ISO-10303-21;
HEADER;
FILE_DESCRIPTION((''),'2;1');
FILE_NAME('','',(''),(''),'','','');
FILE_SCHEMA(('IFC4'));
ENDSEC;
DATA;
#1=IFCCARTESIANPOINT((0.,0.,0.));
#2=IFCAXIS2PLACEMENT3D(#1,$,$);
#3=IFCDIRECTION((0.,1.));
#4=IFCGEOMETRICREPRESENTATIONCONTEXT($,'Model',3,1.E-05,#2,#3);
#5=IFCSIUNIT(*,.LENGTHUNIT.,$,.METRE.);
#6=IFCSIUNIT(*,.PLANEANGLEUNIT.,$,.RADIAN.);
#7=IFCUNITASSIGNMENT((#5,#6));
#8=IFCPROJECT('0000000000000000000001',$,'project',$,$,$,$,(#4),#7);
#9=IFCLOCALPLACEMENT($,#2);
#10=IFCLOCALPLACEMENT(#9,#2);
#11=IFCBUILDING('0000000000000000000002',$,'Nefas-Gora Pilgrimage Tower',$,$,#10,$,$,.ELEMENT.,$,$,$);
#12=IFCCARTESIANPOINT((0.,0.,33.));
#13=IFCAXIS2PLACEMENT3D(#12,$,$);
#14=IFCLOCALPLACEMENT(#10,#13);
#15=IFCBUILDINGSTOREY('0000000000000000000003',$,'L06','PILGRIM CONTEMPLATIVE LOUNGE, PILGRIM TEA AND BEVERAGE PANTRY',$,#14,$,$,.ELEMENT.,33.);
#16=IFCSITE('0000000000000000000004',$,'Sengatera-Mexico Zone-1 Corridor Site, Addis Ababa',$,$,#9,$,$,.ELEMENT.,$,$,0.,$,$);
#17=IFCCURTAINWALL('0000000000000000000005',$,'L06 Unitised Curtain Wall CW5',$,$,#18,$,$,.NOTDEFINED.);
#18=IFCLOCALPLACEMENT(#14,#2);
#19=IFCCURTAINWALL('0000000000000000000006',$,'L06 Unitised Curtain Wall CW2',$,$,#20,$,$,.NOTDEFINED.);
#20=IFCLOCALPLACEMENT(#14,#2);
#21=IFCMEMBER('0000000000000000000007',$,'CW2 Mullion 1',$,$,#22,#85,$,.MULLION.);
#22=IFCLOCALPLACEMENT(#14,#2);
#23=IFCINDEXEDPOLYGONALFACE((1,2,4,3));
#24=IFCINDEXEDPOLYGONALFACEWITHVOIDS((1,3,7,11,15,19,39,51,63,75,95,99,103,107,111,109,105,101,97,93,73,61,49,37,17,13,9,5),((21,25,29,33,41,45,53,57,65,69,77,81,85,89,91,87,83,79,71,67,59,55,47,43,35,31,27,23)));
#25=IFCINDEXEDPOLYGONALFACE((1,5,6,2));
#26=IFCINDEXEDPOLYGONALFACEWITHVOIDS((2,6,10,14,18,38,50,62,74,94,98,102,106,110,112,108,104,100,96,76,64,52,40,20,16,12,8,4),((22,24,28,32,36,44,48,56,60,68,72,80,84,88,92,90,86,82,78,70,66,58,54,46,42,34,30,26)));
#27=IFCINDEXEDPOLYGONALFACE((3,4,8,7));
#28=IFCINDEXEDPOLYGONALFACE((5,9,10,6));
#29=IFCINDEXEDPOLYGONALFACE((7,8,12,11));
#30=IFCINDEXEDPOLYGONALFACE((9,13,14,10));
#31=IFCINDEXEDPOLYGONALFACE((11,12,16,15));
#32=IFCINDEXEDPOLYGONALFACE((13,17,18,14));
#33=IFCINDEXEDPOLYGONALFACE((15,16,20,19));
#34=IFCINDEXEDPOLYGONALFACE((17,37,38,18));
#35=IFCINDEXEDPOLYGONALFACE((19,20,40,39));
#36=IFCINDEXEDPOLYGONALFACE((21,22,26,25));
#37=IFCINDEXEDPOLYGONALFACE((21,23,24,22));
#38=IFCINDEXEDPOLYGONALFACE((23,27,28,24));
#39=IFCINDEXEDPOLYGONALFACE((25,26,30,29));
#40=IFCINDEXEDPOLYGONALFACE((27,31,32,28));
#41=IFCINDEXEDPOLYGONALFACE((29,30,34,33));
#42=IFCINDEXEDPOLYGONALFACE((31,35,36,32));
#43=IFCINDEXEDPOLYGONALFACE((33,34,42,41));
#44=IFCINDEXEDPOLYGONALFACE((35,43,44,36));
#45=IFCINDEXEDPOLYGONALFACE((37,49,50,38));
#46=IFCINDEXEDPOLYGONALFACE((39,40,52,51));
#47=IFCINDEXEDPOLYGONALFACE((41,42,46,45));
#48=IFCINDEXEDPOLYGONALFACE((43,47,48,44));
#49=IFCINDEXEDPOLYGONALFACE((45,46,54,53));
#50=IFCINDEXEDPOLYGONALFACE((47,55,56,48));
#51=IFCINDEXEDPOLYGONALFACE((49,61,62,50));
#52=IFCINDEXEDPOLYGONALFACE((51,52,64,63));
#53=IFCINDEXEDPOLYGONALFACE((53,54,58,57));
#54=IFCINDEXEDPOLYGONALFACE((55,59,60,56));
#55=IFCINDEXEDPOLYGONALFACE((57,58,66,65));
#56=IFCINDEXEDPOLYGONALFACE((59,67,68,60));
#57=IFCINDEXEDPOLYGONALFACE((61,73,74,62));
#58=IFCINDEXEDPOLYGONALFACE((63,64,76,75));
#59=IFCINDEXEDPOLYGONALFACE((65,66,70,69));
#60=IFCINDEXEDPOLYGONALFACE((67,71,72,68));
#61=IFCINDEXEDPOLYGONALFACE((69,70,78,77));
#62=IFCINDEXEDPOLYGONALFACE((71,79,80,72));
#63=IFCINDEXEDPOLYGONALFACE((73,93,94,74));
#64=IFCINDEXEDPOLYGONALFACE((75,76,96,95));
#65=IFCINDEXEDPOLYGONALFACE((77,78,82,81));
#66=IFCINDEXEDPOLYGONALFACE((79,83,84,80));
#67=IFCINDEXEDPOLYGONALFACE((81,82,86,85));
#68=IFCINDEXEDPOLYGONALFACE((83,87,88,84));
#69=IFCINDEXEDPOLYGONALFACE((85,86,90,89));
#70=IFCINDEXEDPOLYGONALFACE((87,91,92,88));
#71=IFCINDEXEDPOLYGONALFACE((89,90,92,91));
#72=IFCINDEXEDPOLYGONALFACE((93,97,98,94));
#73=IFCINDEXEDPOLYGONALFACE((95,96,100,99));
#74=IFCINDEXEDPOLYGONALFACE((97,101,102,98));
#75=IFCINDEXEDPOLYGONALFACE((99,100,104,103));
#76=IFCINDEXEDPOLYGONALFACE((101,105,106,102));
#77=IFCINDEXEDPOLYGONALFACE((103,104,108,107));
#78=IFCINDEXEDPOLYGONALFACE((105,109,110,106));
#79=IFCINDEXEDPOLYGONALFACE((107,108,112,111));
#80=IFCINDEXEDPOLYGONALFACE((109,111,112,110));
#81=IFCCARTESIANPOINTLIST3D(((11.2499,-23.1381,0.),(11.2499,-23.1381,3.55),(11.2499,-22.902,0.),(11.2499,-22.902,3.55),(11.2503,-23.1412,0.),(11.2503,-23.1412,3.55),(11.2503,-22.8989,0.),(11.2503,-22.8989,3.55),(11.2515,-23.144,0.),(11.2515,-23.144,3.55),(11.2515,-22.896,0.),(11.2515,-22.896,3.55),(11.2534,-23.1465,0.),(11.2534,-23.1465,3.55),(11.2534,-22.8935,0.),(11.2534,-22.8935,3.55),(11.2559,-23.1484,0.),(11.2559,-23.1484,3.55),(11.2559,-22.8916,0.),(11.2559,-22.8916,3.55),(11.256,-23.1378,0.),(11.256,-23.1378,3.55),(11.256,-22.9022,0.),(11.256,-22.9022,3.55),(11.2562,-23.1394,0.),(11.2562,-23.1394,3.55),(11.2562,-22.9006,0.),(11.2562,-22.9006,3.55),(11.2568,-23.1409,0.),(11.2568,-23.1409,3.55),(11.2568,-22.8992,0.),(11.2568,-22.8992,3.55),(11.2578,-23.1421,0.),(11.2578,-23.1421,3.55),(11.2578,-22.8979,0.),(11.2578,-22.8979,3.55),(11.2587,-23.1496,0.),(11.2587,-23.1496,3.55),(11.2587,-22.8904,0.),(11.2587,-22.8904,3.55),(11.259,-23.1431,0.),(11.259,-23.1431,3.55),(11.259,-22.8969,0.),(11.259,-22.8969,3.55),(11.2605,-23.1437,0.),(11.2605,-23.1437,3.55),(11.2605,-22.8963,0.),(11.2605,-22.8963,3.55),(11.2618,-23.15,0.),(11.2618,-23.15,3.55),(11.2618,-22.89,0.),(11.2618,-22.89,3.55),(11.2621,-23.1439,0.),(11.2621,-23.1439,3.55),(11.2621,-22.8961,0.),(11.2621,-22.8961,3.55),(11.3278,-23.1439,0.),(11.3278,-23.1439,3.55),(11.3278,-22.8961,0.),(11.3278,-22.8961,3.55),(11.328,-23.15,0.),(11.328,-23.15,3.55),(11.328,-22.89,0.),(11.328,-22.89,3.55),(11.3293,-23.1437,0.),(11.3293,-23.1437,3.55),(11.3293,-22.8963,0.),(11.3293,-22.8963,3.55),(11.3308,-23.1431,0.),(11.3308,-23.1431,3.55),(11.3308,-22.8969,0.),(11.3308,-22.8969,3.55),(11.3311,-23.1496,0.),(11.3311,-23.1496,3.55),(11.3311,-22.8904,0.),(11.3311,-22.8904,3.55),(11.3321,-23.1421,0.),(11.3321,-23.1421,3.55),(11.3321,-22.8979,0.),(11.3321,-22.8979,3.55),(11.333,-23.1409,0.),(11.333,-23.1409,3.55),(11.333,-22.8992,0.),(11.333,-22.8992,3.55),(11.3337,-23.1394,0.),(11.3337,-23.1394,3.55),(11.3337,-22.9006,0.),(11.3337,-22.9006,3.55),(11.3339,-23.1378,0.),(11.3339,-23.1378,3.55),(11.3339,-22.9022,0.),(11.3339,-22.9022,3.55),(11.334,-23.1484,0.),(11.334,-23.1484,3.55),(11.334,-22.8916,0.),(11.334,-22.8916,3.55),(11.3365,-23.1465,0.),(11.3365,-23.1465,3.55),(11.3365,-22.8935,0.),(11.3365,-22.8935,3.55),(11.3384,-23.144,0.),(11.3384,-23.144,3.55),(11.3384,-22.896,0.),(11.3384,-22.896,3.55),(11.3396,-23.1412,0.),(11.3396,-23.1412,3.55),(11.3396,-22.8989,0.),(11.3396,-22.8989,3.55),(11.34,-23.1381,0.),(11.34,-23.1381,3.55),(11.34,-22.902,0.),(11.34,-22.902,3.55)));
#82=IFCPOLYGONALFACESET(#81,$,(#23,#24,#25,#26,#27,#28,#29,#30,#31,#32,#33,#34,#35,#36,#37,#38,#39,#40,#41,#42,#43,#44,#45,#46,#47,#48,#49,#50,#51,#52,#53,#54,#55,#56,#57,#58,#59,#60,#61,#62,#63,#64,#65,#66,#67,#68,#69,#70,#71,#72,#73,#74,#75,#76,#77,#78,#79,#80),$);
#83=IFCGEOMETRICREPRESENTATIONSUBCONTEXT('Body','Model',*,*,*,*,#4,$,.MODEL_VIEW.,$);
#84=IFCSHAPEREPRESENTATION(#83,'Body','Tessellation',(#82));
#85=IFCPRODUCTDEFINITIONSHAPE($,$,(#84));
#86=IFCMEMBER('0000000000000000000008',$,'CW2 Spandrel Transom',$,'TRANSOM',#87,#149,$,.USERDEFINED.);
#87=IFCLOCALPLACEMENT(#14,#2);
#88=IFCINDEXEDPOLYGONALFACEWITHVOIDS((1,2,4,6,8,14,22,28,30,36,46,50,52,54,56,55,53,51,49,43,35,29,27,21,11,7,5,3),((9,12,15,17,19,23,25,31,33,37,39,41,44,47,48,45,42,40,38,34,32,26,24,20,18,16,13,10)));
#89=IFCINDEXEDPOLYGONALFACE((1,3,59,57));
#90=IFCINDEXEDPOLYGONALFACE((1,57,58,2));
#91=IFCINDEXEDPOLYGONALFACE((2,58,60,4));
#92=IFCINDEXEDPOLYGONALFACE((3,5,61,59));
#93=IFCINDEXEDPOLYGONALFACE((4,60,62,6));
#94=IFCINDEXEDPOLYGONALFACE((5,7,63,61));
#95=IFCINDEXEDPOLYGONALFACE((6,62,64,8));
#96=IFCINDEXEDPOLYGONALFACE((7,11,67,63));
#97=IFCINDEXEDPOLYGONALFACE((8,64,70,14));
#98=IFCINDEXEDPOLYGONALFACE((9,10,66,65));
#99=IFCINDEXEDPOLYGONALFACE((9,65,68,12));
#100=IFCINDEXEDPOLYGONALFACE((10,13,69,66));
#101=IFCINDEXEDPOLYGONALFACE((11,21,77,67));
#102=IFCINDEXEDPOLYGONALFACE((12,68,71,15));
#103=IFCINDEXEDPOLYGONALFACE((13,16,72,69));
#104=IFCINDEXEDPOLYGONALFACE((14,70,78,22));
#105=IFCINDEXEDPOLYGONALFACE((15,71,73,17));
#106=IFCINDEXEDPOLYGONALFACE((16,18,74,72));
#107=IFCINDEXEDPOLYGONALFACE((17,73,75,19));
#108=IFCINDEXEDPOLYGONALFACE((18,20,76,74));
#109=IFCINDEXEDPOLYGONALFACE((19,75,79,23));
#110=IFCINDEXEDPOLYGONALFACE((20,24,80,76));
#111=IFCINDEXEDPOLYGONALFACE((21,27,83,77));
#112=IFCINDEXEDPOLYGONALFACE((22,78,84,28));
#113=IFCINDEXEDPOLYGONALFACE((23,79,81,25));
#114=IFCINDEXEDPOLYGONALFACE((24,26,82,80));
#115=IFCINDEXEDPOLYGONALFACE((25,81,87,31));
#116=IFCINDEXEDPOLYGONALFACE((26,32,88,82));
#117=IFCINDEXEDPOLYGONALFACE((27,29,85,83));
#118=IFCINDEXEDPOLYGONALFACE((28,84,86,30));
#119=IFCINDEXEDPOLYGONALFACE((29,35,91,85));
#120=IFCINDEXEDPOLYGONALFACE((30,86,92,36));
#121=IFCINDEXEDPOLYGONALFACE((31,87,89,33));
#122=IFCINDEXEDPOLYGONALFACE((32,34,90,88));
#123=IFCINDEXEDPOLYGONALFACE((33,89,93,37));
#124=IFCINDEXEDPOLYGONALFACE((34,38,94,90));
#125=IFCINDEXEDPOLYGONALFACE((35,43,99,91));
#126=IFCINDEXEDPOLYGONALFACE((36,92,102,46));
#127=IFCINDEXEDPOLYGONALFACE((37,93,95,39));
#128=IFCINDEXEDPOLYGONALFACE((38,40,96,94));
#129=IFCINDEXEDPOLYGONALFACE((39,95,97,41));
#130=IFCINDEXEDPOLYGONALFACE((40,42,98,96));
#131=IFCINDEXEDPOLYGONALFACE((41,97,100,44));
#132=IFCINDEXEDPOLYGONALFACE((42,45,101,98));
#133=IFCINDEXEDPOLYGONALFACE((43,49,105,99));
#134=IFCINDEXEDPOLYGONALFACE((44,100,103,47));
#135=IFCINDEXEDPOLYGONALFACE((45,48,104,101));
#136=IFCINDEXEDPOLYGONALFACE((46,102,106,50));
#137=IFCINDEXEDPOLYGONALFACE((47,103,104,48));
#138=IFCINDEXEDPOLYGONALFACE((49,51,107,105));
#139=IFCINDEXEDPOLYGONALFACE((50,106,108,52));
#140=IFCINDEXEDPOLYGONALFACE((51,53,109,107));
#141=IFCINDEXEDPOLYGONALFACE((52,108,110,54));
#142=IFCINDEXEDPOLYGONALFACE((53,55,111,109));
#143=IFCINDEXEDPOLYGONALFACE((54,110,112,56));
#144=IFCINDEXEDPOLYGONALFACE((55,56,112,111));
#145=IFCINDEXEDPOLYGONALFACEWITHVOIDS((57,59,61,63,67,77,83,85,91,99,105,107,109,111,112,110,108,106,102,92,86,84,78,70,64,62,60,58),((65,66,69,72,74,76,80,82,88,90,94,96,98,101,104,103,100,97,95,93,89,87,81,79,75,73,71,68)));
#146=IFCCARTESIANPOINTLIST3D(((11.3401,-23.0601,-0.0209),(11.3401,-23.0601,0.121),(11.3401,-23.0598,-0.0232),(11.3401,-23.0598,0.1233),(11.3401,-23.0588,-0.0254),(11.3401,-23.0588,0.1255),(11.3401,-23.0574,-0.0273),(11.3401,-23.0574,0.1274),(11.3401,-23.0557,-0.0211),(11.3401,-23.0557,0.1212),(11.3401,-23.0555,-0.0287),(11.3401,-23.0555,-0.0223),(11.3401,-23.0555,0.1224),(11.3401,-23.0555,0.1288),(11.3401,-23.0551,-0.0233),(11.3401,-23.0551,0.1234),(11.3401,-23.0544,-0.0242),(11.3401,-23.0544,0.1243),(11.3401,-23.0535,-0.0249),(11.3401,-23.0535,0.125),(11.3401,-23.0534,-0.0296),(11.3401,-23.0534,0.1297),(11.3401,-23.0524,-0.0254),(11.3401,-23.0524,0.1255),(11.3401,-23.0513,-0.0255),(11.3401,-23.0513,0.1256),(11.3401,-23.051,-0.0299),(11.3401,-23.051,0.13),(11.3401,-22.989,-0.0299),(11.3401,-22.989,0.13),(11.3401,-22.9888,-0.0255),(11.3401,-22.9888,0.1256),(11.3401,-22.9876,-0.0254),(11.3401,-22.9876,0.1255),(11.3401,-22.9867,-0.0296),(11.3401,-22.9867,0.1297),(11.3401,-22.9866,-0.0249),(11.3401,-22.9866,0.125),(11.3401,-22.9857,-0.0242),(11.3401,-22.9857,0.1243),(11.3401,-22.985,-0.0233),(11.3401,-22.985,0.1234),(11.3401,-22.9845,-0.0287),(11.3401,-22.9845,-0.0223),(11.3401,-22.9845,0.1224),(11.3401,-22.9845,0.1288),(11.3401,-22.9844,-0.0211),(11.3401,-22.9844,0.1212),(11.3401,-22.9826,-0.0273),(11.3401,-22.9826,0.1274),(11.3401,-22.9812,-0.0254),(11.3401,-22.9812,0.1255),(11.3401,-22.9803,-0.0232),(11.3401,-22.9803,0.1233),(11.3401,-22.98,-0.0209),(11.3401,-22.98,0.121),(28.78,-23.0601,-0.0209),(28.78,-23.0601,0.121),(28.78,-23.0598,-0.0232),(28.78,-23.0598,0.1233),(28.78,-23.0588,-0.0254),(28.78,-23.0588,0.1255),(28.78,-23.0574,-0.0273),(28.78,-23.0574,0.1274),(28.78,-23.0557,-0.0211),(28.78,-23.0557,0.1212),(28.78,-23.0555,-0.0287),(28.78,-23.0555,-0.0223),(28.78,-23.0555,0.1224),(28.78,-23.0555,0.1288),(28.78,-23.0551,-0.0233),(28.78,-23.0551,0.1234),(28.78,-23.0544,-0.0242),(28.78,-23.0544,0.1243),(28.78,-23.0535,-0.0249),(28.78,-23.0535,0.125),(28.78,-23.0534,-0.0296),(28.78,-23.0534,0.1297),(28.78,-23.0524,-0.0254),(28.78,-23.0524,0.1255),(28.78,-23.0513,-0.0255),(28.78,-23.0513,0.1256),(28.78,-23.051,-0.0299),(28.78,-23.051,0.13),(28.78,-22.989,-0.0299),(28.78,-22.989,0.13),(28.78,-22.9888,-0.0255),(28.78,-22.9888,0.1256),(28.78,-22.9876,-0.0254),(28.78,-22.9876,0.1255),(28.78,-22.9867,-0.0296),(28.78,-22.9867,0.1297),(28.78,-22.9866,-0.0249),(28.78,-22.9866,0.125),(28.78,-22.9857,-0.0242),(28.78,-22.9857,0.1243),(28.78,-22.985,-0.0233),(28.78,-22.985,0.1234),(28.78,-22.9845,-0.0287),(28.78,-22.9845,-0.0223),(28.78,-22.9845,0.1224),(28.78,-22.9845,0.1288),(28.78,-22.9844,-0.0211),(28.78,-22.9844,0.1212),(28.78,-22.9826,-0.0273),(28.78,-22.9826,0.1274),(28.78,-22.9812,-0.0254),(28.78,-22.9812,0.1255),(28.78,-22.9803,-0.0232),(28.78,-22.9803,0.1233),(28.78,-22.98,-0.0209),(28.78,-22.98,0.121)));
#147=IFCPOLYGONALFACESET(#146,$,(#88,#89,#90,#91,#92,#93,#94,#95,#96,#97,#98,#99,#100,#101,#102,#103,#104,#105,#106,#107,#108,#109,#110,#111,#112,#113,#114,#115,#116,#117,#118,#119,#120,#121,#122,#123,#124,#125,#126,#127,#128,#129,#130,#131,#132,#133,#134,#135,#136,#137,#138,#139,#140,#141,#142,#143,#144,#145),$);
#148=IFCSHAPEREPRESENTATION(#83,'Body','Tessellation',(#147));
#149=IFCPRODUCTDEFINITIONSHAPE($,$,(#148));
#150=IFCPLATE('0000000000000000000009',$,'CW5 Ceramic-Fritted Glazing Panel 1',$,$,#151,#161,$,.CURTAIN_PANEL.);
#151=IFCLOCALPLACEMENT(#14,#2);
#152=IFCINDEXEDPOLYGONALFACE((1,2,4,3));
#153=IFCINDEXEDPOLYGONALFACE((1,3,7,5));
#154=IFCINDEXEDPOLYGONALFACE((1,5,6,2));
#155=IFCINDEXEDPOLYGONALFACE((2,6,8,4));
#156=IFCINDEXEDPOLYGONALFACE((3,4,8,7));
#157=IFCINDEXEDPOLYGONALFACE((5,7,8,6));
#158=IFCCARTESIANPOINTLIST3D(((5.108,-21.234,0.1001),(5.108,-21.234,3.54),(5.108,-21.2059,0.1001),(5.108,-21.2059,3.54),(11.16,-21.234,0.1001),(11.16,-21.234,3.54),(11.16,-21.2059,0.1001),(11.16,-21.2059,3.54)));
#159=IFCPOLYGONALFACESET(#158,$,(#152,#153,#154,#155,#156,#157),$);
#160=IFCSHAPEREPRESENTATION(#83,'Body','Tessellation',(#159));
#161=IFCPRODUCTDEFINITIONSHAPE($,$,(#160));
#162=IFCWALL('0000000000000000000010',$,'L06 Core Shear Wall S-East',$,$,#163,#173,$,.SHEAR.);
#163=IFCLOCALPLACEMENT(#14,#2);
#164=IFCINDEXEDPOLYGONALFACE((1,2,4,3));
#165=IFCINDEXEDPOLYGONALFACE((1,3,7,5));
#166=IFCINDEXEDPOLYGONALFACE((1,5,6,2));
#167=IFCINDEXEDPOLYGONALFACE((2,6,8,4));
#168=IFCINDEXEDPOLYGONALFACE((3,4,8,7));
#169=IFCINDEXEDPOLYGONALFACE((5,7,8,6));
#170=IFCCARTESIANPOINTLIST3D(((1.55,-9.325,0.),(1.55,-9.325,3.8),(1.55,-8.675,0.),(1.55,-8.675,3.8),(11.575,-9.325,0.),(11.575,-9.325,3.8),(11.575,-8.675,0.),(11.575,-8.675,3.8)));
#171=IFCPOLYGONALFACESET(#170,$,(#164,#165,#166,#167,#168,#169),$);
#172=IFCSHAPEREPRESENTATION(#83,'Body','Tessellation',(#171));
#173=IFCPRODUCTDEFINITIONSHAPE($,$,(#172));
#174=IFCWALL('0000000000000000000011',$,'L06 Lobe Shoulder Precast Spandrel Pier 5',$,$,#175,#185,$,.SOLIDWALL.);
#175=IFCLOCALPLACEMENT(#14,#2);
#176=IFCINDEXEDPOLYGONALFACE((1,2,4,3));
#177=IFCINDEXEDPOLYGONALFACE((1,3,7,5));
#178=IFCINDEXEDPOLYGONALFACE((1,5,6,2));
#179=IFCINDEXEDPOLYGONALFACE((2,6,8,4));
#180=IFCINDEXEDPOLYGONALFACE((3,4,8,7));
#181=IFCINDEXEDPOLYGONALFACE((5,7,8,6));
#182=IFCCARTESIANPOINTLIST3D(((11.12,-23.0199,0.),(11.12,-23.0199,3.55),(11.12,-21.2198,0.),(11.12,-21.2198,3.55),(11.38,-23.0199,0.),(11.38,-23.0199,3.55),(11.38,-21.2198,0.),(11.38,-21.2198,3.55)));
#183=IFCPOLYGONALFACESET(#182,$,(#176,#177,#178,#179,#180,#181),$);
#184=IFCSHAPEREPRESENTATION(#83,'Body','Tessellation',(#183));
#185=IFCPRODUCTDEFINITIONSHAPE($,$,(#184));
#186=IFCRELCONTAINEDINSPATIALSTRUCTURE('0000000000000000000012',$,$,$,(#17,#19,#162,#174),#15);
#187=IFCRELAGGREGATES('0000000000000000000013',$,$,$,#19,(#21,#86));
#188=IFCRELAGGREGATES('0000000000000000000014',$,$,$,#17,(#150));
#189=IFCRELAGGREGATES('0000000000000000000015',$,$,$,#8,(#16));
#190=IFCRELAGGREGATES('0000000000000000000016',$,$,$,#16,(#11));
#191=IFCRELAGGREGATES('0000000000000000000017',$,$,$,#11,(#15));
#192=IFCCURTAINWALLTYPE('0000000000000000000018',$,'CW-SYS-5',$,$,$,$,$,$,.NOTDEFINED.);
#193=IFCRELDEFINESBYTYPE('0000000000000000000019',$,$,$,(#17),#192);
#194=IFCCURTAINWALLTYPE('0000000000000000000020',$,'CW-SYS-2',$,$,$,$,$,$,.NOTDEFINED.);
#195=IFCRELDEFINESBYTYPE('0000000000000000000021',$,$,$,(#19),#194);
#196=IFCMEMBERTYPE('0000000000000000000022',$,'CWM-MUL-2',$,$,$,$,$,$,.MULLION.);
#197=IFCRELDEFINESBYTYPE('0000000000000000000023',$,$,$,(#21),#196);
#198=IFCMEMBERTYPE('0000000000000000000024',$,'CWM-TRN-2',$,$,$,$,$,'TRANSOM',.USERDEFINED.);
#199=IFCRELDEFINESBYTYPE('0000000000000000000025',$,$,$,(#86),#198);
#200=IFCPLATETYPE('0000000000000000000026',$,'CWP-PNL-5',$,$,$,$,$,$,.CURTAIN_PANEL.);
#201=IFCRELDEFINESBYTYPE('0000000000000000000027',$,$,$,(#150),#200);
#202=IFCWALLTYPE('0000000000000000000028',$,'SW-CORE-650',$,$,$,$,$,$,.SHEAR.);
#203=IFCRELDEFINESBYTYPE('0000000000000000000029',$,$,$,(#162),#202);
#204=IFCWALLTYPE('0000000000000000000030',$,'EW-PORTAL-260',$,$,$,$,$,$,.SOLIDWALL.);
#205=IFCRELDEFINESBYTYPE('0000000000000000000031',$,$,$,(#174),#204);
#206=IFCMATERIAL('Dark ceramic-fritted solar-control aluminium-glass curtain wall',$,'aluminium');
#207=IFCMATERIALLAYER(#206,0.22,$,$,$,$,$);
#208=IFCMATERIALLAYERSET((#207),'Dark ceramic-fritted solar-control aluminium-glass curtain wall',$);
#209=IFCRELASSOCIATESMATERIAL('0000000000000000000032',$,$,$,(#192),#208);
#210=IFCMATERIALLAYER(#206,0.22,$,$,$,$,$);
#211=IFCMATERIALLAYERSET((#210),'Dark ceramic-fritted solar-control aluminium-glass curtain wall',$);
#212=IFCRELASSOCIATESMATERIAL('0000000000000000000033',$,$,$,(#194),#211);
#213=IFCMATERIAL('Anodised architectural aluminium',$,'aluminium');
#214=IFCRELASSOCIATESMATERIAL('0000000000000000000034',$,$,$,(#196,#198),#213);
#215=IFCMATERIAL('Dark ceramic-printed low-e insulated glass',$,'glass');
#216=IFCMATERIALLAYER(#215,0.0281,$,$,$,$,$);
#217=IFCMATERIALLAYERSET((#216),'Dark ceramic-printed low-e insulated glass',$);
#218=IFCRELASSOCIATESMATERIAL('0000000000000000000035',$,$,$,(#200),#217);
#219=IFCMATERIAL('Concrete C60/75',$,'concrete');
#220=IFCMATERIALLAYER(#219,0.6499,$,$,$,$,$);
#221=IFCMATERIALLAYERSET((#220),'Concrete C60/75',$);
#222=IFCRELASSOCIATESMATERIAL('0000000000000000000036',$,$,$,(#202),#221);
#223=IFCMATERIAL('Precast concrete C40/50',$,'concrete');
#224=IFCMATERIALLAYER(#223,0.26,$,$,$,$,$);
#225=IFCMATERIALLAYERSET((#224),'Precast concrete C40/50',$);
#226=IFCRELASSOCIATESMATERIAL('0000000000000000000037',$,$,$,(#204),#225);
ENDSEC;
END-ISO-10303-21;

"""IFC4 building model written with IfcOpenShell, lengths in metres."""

from ifc_helpers import new_model, si_unit, direction, frame, frame_2d, origin, origin_2d, place, context, subcontext, project, spatial, rectangle, hollow_rectangle, extrude, source, transform, mapped, material, layer, layer_set, material_profile, profile_set, type_object, element, aggregate, save


model = new_model("IFC4")

# Units and contexts
model_context = context("Model", 3, precision=1e-05, world=origin(), true_north=direction((0.0, 1.0)))
body_context = subcontext(model_context, "Body", "Model", "MODEL_VIEW")
ifc_project = project(units=[si_unit("LENGTHUNIT", "METRE"), si_unit("PLANEANGLEUNIT", "RADIAN")], contexts=[model_context])

# Site, building, storey
site_placement = place(None, origin())
site = spatial("IfcSite", under=ifc_project, at=site_placement, Name="Sengatera-Mexico Zone-1 Corridor Site, Addis Ababa", CompositionType="ELEMENT", RefElevation=0.0)
building_placement = place(site_placement, origin())
building = spatial("IfcBuilding", under=site, at=building_placement, Name="Nefas-Gora Pilgrimage Tower", CompositionType="ELEMENT")
storey_placement = place(building_placement, frame((0.0, 0.0, 33.0)))
storey = spatial("IfcBuildingStorey", under=building, at=storey_placement, Name="L06", Description="PILGRIM CONTEMPLATIVE LOUNGE, PILGRIM TEA AND BEVERAGE PANTRY", CompositionType="ELEMENT", Elevation=33.0)

# Curtain wall
ifc_material_1 = material(Name="Dark ceramic-fritted solar-control aluminium-glass curtain wall", Category="aluminium")
ifc_layer_1 = layer(ifc_material_1, 0.22)
ifc_layer_set_1 = layer_set([ifc_layer_1], Name="Dark ceramic-fritted solar-control aluminium-glass curtain wall")
curtain_wall_type_1 = type_object("IfcCurtainWallType", Name="CW-SYS-5", PredefinedType="NOTDEFINED", material=ifc_layer_set_1)
curtain_wall_1_placement = place(storey_placement, origin())
curtain_wall_1 = element("IfcCurtainWall", 1, at=curtain_wall_1_placement, inside=storey, type_object=curtain_wall_type_1, Name="L06 Unitised Curtain Wall CW5", PredefinedType="NOTDEFINED")
ifc_material_2 = material(Name="Anodised architectural aluminium", Category="aluminium")

# Curtain wall, members
ifc_layer_2 = layer(ifc_material_1, 0.22)
ifc_layer_set_2 = layer_set([ifc_layer_2], Name="Dark ceramic-fritted solar-control aluminium-glass curtain wall")
curtain_wall_type_2 = type_object("IfcCurtainWallType", Name="CW-SYS-2", PredefinedType="NOTDEFINED", material=ifc_layer_set_2)
curtain_wall_2_placement = place(storey_placement, origin())
curtain_wall_2 = element("IfcCurtainWall", 2, at=curtain_wall_2_placement, inside=storey, type_object=curtain_wall_type_2, Name="L06 Unitised Curtain Wall CW2", PredefinedType="NOTDEFINED")
ifc_material_profile_1 = material_profile(ifc_material_2, hollow_rectangle(XDim=0.0901, YDim=0.26, WallThickness=0.0061, InnerFilletRadius=0.0061, OuterFilletRadius=0.012, at=origin_2d()), Name="ALU MULLION 90x260")
ifc_profile_set_1 = profile_set([ifc_material_profile_1], Name="Anodised architectural aluminium")
member_type_1 = type_object("IfcMemberType", Name="CWM-MUL-2", PredefinedType="MULLION", material=ifc_profile_set_1)
shared_shape_1 = source(origin(), body_context, "Body", "SweptSolid", [
    extrude(hollow_rectangle(XDim=0.0901, YDim=0.26, WallThickness=0.0061, InnerFilletRadius=0.0061, OuterFilletRadius=0.012, at=origin_2d()), origin(), (0.0, 0.0, 1.0), 3.55),
])
member_1_placement = place(storey_placement, frame((11.2949, -23.02, 0.0), z_axis=(0.0, 0.0, 1.0), x_axis=(1.0, 0.0, 0.0)))
member_1 = element("IfcMember", 3, at=member_1_placement, type_object=member_type_1, Name="CW2 Mullion 1", PredefinedType="MULLION", context=body_context, shape_type="MappedRepresentation", body=[
    mapped(shared_shape_1, transform((0.0, 0.0, 0.0), x_axis=(1.0, 0.0, 0.0), y_axis=(0.0, 1.0, 0.0), z_axis=(0.0, 0.0, 1.0), scale=1.0)),
])
ifc_material_profile_2 = material_profile(ifc_material_2, hollow_rectangle(XDim=0.0801, YDim=0.1599, WallThickness=0.0044, InnerFilletRadius=0.0044, OuterFilletRadius=0.009, at=origin_2d()), Name="ALU TRANSOM 80x160")
ifc_profile_set_2 = profile_set([ifc_material_profile_2], Name="Anodised architectural aluminium")
member_type_2 = type_object("IfcMemberType", Name="CWM-TRN-2", ElementType="TRANSOM", PredefinedType="USERDEFINED", material=ifc_profile_set_2)
shared_shape_2 = source(origin(), body_context, "Body", "SweptSolid", [
    extrude(hollow_rectangle(XDim=0.0801, YDim=0.1599, WallThickness=0.0044, InnerFilletRadius=0.0044, OuterFilletRadius=0.009, at=origin_2d()), origin(), (0.0, 0.0, 1.0), 17.4399),
])
member_2_placement = place(storey_placement, frame((11.3401, -23.02, 0.05), z_axis=(1.0, 0.0, 0.0), x_axis=(0.0, 1.0, 0.0)))
member_2 = element("IfcMember", 4, at=member_2_placement, type_object=member_type_2, Name="CW2 Spandrel Transom", ObjectType="TRANSOM", PredefinedType="USERDEFINED", context=body_context, shape_type="MappedRepresentation", body=[
    mapped(shared_shape_2, transform((0.0, 0.0, 0.0), x_axis=(1.0, 0.0, 0.0), y_axis=(0.0, 1.0, 0.0), z_axis=(0.0, 0.0, 1.0), scale=1.0)),
])
aggregate(curtain_wall_2, [member_1, member_2])

# Plate
ifc_material_3 = material(Name="Dark ceramic-printed low-e insulated glass", Category="glass")
ifc_layer_3 = layer(ifc_material_3, 0.0281)
ifc_layer_set_3 = layer_set([ifc_layer_3], Name="Dark ceramic-printed low-e insulated glass")
plate_type = type_object("IfcPlateType", Name="CWP-PNL-5", PredefinedType="CURTAIN_PANEL", material=ifc_layer_set_3)
shared_shape_3 = source(origin(), body_context, "Body", "SweptSolid", [
    extrude(rectangle(XDim=6.052, YDim=0.0281, at=origin_2d()), origin(), (0.0, 0.0, 1.0), 3.4399),
])
plate_placement = place(storey_placement, frame((8.134, -21.22, 0.1001), z_axis=(0.0, 0.0, 1.0), x_axis=(1.0, 0.0, 0.0)))
plate = element("IfcPlate", 5, at=plate_placement, type_object=plate_type, Name="CW5 Ceramic-Fritted Glazing Panel 1", PredefinedType="CURTAIN_PANEL", context=body_context, shape_type="MappedRepresentation", body=[
    mapped(shared_shape_3, transform((0.0, 0.0, 0.0), x_axis=(1.0, 0.0, 0.0), y_axis=(0.0, 1.0, 0.0), z_axis=(0.0, 0.0, 1.0), scale=1.0)),
])
aggregate(curtain_wall_1, [plate])

# Walls
ifc_material_4 = material(Name="Concrete C60/75", Category="concrete")
ifc_layer_4 = layer(ifc_material_4, 0.6499)
ifc_layer_set_4 = layer_set([ifc_layer_4], Name="Concrete C60/75")
wall_type_1 = type_object("IfcWallType", Name="SW-CORE-650", PredefinedType="SHEAR", material=ifc_layer_set_4)
shared_shape_4 = source(origin(), body_context, "Body", "SweptSolid", [
    extrude(rectangle(XDim=10.0249, YDim=0.6499, at=frame_2d((5.0125, 0.0))), origin(), (0.0, 0.0, 1.0), 3.8),
])
wall_1_placement = place(storey_placement, frame((1.55, -9.0, 0.0), z_axis=(0.0, 0.0, 1.0), x_axis=(1.0, 0.0, 0.0)))
element("IfcWall", 6, at=wall_1_placement, inside=storey, type_object=wall_type_1, Name="L06 Core Shear Wall S-East", PredefinedType="SHEAR", context=body_context, shape_type="MappedRepresentation", body=[
    mapped(shared_shape_4, transform((0.0, 0.0, 0.0), x_axis=(1.0, 0.0, 0.0), y_axis=(0.0, 1.0, 0.0), z_axis=(0.0, 0.0, 1.0), scale=1.0)),
])
ifc_material_5 = material(Name="Precast concrete C40/50", Category="concrete")
ifc_layer_5 = layer(ifc_material_5, 0.26)
ifc_layer_set_5 = layer_set([ifc_layer_5], Name="Precast concrete C40/50")
wall_type_2 = type_object("IfcWallType", Name="EW-PORTAL-260", PredefinedType="SOLIDWALL", material=ifc_layer_set_5)
shared_shape_5 = source(origin(), body_context, "Body", "SweptSolid", [
    extrude(rectangle(XDim=1.8, YDim=0.26, at=frame_2d((0.8999, 0.0))), origin(), (0.0, 0.0, 1.0), 3.55),
])
wall_2_placement = place(storey_placement, frame((11.25, -21.22, 0.0), z_axis=(0.0, 0.0, 1.0), x_axis=(0.0, -1.0, 0.0)))
element("IfcWall", 7, at=wall_2_placement, inside=storey, type_object=wall_type_2, Name="L06 Lobe Shoulder Precast Spandrel Pier 5", PredefinedType="SOLIDWALL", context=body_context, shape_type="MappedRepresentation", body=[
    mapped(shared_shape_5, transform((0.0, 0.0, 0.0), x_axis=(1.0, 0.0, 0.0), y_axis=(0.0, 1.0, 0.0), z_axis=(0.0, 0.0, 1.0), scale=1.0)),
])

save(model, "model.ifc")
